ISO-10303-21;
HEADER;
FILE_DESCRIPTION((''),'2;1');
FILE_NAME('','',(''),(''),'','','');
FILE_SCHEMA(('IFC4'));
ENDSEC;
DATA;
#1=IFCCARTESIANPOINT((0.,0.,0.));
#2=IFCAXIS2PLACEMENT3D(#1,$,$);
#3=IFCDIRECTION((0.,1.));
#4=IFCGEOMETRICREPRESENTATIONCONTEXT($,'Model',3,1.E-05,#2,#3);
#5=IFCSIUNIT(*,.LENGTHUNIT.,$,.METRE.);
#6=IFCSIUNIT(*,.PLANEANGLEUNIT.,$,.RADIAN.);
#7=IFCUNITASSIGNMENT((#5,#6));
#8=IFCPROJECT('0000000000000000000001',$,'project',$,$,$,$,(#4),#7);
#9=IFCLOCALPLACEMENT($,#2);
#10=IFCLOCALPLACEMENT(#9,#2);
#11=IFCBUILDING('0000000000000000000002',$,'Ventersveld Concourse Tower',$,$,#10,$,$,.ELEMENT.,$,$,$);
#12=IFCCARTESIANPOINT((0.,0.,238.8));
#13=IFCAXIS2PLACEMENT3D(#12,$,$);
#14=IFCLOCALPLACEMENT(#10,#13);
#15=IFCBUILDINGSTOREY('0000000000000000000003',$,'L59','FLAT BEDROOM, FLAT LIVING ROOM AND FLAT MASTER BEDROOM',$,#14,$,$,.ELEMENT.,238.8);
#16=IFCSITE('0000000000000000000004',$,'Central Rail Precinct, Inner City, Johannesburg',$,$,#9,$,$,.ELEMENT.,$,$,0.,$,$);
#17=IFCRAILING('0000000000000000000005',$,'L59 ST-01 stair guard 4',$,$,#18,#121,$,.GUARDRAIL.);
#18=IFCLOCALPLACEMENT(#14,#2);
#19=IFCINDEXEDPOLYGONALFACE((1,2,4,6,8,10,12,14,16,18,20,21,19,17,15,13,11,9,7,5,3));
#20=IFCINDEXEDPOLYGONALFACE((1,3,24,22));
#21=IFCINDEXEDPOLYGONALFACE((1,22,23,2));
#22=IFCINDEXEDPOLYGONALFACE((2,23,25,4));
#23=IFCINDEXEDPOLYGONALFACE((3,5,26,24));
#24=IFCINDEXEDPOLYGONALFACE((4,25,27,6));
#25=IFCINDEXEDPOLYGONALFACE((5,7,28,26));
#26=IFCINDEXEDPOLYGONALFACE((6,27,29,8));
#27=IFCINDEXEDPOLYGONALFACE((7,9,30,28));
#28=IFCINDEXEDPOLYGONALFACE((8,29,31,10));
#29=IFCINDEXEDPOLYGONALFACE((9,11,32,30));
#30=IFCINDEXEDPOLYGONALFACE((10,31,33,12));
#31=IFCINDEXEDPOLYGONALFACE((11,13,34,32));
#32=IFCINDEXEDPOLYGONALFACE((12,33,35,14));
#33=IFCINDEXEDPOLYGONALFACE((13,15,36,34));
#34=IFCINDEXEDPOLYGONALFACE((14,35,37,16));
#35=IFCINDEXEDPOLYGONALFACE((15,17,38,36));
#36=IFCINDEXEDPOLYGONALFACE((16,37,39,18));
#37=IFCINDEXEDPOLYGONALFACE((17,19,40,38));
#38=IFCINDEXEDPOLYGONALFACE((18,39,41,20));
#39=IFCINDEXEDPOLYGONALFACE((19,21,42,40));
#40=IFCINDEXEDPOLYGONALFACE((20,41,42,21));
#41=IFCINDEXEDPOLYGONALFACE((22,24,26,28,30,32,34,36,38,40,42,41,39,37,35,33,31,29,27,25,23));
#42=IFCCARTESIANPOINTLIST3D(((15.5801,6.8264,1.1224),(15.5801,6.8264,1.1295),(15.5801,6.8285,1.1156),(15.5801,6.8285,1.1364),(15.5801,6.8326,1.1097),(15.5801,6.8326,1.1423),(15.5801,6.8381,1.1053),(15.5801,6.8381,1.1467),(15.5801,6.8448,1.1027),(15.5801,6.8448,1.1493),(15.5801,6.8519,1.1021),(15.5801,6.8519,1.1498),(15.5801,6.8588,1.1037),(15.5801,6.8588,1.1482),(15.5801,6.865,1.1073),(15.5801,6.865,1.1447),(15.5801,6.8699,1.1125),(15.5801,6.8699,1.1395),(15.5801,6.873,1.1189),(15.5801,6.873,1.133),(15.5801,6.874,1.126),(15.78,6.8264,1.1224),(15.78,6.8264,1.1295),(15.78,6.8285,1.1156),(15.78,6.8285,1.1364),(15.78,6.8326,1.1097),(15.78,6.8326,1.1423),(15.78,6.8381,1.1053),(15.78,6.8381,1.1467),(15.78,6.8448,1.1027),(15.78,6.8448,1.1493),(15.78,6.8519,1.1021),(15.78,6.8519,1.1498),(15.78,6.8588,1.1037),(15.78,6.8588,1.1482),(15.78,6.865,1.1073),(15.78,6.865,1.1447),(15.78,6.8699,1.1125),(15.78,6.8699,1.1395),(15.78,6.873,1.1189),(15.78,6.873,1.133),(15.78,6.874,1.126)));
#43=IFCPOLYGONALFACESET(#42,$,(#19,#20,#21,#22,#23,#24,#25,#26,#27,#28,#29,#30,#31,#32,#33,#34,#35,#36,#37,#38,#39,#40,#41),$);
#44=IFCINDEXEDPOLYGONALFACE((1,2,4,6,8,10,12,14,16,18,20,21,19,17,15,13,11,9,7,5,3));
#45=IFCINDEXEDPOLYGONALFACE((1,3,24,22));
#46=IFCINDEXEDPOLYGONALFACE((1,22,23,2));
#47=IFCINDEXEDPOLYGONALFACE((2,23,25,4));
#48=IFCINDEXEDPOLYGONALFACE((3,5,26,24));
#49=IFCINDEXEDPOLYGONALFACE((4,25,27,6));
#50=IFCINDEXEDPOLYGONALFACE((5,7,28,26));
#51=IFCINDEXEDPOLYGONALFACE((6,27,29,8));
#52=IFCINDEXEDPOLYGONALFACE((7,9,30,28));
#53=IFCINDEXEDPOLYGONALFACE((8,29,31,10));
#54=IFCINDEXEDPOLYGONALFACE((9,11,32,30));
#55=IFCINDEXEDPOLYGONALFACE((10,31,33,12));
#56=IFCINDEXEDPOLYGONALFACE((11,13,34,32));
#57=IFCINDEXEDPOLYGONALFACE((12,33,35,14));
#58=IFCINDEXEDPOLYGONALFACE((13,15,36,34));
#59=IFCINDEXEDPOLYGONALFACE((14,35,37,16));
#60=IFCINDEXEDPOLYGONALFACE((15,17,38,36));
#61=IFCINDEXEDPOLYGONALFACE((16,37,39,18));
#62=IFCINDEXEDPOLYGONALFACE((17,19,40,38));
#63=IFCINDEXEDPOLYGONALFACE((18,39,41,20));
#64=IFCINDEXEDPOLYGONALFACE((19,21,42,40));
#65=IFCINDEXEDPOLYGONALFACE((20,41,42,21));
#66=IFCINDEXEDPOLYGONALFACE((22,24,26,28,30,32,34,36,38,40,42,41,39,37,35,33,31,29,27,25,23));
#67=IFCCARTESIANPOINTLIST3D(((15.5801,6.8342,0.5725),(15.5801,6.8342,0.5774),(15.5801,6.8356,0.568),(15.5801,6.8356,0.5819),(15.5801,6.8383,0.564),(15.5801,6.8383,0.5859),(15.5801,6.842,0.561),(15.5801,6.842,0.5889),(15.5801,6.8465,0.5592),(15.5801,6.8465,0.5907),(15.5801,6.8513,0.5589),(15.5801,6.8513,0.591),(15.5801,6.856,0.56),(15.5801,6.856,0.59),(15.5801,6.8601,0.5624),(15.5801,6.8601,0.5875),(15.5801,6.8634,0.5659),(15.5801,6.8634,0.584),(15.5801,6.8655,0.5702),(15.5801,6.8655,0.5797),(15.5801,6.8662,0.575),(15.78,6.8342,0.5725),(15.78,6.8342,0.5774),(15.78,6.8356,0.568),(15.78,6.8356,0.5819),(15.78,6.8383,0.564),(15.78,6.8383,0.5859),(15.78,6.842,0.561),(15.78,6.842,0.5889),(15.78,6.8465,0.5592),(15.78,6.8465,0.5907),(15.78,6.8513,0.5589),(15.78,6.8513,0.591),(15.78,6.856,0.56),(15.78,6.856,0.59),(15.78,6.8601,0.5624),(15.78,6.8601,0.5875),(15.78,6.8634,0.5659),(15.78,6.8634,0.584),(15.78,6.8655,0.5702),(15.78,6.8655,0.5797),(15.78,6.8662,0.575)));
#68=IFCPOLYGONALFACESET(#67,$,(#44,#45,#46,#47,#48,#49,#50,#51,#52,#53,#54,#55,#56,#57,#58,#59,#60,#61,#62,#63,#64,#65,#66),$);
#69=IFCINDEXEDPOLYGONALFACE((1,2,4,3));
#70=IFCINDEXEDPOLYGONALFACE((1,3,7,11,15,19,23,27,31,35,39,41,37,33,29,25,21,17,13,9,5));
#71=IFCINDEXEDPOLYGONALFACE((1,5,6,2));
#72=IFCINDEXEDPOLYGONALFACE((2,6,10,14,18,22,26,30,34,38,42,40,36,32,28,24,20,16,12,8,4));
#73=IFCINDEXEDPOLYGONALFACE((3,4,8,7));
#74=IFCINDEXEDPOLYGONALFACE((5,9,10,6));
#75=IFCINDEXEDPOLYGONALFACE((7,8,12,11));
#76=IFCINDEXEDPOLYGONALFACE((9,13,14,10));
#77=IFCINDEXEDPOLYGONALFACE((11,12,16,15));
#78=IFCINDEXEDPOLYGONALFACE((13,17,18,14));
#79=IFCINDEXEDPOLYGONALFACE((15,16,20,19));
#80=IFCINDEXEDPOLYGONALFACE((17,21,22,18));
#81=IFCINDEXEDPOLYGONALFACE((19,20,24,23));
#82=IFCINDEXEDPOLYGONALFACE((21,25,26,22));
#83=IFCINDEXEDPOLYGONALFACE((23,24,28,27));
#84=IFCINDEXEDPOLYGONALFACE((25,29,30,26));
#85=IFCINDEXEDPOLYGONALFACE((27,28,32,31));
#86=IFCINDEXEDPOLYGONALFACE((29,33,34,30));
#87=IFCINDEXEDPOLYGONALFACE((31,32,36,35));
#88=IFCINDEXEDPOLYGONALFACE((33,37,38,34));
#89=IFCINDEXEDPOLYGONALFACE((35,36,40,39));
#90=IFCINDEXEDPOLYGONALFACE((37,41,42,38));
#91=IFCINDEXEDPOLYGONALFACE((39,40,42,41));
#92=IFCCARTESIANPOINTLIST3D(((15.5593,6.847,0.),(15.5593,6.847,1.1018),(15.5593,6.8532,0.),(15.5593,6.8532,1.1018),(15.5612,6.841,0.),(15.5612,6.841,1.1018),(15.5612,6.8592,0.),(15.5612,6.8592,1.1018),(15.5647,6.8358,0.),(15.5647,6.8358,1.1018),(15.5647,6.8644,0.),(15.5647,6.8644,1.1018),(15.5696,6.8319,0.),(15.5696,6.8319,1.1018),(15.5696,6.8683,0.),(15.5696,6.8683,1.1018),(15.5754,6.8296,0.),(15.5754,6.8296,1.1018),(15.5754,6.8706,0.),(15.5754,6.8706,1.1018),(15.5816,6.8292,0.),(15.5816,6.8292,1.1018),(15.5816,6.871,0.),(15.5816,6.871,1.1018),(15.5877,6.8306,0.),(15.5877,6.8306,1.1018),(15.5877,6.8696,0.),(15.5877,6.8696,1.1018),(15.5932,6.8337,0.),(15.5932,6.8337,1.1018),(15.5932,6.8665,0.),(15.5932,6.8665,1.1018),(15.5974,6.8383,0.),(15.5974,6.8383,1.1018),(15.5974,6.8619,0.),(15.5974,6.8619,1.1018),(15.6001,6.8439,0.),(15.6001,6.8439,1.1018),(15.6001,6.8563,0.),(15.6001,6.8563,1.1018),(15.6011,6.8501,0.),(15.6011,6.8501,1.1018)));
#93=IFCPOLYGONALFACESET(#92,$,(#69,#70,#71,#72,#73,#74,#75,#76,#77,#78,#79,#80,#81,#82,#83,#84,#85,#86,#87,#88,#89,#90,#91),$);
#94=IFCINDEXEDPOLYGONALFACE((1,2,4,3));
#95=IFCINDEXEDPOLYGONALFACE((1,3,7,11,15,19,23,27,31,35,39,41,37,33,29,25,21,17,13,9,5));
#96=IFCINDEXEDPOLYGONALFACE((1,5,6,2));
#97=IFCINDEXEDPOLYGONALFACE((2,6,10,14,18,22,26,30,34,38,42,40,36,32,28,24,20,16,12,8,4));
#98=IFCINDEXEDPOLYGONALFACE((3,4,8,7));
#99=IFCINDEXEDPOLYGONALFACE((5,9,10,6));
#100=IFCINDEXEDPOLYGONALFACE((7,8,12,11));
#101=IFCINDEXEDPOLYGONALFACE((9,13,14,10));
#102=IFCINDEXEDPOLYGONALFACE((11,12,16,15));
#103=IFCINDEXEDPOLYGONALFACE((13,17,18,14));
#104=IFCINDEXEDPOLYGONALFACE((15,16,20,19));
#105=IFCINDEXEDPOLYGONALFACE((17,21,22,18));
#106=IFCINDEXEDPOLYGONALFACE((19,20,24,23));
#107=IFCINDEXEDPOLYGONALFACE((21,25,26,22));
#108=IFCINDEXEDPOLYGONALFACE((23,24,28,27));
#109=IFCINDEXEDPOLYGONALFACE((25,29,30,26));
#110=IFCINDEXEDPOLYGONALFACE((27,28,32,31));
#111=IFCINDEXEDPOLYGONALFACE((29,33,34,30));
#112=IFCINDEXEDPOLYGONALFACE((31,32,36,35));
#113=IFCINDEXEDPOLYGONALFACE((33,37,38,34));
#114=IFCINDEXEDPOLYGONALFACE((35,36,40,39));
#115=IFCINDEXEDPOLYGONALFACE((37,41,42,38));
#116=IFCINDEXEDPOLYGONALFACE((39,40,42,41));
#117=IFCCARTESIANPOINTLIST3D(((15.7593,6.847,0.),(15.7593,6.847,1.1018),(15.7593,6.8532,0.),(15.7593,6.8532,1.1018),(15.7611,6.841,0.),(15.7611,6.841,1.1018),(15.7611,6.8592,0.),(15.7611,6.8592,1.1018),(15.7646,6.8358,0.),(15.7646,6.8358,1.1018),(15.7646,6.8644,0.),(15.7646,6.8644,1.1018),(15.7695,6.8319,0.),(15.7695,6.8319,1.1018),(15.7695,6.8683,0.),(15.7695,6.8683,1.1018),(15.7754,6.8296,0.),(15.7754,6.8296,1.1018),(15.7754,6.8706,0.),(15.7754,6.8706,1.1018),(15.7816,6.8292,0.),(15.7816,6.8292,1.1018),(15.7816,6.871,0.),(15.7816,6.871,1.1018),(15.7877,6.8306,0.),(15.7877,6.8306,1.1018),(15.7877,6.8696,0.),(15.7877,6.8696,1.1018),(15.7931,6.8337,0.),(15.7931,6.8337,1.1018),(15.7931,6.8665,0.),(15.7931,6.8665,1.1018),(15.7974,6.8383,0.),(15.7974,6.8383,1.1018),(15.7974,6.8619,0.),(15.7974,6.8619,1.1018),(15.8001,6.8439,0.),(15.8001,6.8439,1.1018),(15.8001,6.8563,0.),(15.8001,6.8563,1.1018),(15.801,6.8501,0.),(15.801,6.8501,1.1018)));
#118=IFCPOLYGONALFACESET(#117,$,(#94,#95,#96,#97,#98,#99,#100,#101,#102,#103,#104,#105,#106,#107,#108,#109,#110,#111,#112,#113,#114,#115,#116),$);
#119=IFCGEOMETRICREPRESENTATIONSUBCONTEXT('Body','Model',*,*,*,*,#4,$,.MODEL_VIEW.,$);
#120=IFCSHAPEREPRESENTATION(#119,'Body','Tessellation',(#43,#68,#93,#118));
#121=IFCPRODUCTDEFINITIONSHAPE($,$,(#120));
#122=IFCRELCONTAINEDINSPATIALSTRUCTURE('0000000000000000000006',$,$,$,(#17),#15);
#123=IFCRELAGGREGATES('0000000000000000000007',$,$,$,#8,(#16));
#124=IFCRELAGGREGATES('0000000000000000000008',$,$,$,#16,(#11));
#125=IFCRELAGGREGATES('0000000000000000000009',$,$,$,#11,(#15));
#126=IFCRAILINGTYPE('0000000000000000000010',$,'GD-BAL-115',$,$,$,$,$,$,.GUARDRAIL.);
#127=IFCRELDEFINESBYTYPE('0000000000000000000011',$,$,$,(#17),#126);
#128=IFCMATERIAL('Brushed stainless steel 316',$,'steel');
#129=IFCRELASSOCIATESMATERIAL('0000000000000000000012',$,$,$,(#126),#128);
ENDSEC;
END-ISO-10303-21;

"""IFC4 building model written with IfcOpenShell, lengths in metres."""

from ifc_helpers import new_model, si_unit, direction, frame, origin, origin_2d, place, context, subcontext, project, spatial, circle, extrude, material, type_object, element, save


model = new_model("IFC4")

# Units and contexts
model_context = context("Model", 3, precision=1e-05, world=origin(), true_north=direction((0.0, 1.0)))
body_context = subcontext(model_context, "Body", "Model", "MODEL_VIEW")
ifc_project = project(units=[si_unit("LENGTHUNIT", "METRE"), si_unit("PLANEANGLEUNIT", "RADIAN")], contexts=[model_context])

# Site, building, storey
site_placement = place(None, origin())
site = spatial("IfcSite", under=ifc_project, at=site_placement, Name="Central Rail Precinct, Inner City, Johannesburg", CompositionType="ELEMENT", RefElevation=0.0)
building_placement = place(site_placement, origin())
building = spatial("IfcBuilding", under=site, at=building_placement, Name="Ventersveld Concourse Tower", CompositionType="ELEMENT")
storey_placement = place(building_placement, frame((0.0, 0.0, 238.8)))
storey = spatial("IfcBuildingStorey", under=building, at=storey_placement, Name="L59", Description="FLAT BEDROOM, FLAT LIVING ROOM AND FLAT MASTER BEDROOM", CompositionType="ELEMENT", Elevation=238.8)

# Shared definitions
ifc_material_1 = material(Name="Brushed stainless steel 316", Category="steel")

# Railing
railing_type_1 = type_object("IfcRailingType", Name="GD-BAL-115", PredefinedType="GUARDRAIL", material=ifc_material_1)
railing_1_placement = place(storey_placement, frame((15.5801, 6.8501, 0.0)))
element("IfcRailing", 1, at=railing_1_placement, inside=storey, type_object=railing_type_1, Name="L59 ST-01 stair guard 4", PredefinedType="GUARDRAIL", context=body_context, shape_type="SweptSolid", body=[
    extrude(circle(Radius=0.0239, at=origin_2d()), frame((0.0, 0.0, 1.126), z_axis=(1.0, 0.0, 0.0), x_axis=(0.0, 1.0, 0.0)), (0.0, 0.0, 1.0), 0.2),
    extrude(circle(Radius=0.0161, at=origin_2d()), frame((0.0, 0.0, 0.575), z_axis=(1.0, 0.0, 0.0), x_axis=(0.0, 1.0, 0.0)), (0.0, 0.0, 1.0), 0.2),
    extrude(circle(Radius=0.021, at=origin_2d()), origin(), (0.0, 0.0, 1.0), 1.1018),
    extrude(circle(Radius=0.021, at=origin_2d()), frame((0.2, 0.0, 0.0)), (0.0, 0.0, 1.0), 1.1018),
])

save(model, "model.ifc")
